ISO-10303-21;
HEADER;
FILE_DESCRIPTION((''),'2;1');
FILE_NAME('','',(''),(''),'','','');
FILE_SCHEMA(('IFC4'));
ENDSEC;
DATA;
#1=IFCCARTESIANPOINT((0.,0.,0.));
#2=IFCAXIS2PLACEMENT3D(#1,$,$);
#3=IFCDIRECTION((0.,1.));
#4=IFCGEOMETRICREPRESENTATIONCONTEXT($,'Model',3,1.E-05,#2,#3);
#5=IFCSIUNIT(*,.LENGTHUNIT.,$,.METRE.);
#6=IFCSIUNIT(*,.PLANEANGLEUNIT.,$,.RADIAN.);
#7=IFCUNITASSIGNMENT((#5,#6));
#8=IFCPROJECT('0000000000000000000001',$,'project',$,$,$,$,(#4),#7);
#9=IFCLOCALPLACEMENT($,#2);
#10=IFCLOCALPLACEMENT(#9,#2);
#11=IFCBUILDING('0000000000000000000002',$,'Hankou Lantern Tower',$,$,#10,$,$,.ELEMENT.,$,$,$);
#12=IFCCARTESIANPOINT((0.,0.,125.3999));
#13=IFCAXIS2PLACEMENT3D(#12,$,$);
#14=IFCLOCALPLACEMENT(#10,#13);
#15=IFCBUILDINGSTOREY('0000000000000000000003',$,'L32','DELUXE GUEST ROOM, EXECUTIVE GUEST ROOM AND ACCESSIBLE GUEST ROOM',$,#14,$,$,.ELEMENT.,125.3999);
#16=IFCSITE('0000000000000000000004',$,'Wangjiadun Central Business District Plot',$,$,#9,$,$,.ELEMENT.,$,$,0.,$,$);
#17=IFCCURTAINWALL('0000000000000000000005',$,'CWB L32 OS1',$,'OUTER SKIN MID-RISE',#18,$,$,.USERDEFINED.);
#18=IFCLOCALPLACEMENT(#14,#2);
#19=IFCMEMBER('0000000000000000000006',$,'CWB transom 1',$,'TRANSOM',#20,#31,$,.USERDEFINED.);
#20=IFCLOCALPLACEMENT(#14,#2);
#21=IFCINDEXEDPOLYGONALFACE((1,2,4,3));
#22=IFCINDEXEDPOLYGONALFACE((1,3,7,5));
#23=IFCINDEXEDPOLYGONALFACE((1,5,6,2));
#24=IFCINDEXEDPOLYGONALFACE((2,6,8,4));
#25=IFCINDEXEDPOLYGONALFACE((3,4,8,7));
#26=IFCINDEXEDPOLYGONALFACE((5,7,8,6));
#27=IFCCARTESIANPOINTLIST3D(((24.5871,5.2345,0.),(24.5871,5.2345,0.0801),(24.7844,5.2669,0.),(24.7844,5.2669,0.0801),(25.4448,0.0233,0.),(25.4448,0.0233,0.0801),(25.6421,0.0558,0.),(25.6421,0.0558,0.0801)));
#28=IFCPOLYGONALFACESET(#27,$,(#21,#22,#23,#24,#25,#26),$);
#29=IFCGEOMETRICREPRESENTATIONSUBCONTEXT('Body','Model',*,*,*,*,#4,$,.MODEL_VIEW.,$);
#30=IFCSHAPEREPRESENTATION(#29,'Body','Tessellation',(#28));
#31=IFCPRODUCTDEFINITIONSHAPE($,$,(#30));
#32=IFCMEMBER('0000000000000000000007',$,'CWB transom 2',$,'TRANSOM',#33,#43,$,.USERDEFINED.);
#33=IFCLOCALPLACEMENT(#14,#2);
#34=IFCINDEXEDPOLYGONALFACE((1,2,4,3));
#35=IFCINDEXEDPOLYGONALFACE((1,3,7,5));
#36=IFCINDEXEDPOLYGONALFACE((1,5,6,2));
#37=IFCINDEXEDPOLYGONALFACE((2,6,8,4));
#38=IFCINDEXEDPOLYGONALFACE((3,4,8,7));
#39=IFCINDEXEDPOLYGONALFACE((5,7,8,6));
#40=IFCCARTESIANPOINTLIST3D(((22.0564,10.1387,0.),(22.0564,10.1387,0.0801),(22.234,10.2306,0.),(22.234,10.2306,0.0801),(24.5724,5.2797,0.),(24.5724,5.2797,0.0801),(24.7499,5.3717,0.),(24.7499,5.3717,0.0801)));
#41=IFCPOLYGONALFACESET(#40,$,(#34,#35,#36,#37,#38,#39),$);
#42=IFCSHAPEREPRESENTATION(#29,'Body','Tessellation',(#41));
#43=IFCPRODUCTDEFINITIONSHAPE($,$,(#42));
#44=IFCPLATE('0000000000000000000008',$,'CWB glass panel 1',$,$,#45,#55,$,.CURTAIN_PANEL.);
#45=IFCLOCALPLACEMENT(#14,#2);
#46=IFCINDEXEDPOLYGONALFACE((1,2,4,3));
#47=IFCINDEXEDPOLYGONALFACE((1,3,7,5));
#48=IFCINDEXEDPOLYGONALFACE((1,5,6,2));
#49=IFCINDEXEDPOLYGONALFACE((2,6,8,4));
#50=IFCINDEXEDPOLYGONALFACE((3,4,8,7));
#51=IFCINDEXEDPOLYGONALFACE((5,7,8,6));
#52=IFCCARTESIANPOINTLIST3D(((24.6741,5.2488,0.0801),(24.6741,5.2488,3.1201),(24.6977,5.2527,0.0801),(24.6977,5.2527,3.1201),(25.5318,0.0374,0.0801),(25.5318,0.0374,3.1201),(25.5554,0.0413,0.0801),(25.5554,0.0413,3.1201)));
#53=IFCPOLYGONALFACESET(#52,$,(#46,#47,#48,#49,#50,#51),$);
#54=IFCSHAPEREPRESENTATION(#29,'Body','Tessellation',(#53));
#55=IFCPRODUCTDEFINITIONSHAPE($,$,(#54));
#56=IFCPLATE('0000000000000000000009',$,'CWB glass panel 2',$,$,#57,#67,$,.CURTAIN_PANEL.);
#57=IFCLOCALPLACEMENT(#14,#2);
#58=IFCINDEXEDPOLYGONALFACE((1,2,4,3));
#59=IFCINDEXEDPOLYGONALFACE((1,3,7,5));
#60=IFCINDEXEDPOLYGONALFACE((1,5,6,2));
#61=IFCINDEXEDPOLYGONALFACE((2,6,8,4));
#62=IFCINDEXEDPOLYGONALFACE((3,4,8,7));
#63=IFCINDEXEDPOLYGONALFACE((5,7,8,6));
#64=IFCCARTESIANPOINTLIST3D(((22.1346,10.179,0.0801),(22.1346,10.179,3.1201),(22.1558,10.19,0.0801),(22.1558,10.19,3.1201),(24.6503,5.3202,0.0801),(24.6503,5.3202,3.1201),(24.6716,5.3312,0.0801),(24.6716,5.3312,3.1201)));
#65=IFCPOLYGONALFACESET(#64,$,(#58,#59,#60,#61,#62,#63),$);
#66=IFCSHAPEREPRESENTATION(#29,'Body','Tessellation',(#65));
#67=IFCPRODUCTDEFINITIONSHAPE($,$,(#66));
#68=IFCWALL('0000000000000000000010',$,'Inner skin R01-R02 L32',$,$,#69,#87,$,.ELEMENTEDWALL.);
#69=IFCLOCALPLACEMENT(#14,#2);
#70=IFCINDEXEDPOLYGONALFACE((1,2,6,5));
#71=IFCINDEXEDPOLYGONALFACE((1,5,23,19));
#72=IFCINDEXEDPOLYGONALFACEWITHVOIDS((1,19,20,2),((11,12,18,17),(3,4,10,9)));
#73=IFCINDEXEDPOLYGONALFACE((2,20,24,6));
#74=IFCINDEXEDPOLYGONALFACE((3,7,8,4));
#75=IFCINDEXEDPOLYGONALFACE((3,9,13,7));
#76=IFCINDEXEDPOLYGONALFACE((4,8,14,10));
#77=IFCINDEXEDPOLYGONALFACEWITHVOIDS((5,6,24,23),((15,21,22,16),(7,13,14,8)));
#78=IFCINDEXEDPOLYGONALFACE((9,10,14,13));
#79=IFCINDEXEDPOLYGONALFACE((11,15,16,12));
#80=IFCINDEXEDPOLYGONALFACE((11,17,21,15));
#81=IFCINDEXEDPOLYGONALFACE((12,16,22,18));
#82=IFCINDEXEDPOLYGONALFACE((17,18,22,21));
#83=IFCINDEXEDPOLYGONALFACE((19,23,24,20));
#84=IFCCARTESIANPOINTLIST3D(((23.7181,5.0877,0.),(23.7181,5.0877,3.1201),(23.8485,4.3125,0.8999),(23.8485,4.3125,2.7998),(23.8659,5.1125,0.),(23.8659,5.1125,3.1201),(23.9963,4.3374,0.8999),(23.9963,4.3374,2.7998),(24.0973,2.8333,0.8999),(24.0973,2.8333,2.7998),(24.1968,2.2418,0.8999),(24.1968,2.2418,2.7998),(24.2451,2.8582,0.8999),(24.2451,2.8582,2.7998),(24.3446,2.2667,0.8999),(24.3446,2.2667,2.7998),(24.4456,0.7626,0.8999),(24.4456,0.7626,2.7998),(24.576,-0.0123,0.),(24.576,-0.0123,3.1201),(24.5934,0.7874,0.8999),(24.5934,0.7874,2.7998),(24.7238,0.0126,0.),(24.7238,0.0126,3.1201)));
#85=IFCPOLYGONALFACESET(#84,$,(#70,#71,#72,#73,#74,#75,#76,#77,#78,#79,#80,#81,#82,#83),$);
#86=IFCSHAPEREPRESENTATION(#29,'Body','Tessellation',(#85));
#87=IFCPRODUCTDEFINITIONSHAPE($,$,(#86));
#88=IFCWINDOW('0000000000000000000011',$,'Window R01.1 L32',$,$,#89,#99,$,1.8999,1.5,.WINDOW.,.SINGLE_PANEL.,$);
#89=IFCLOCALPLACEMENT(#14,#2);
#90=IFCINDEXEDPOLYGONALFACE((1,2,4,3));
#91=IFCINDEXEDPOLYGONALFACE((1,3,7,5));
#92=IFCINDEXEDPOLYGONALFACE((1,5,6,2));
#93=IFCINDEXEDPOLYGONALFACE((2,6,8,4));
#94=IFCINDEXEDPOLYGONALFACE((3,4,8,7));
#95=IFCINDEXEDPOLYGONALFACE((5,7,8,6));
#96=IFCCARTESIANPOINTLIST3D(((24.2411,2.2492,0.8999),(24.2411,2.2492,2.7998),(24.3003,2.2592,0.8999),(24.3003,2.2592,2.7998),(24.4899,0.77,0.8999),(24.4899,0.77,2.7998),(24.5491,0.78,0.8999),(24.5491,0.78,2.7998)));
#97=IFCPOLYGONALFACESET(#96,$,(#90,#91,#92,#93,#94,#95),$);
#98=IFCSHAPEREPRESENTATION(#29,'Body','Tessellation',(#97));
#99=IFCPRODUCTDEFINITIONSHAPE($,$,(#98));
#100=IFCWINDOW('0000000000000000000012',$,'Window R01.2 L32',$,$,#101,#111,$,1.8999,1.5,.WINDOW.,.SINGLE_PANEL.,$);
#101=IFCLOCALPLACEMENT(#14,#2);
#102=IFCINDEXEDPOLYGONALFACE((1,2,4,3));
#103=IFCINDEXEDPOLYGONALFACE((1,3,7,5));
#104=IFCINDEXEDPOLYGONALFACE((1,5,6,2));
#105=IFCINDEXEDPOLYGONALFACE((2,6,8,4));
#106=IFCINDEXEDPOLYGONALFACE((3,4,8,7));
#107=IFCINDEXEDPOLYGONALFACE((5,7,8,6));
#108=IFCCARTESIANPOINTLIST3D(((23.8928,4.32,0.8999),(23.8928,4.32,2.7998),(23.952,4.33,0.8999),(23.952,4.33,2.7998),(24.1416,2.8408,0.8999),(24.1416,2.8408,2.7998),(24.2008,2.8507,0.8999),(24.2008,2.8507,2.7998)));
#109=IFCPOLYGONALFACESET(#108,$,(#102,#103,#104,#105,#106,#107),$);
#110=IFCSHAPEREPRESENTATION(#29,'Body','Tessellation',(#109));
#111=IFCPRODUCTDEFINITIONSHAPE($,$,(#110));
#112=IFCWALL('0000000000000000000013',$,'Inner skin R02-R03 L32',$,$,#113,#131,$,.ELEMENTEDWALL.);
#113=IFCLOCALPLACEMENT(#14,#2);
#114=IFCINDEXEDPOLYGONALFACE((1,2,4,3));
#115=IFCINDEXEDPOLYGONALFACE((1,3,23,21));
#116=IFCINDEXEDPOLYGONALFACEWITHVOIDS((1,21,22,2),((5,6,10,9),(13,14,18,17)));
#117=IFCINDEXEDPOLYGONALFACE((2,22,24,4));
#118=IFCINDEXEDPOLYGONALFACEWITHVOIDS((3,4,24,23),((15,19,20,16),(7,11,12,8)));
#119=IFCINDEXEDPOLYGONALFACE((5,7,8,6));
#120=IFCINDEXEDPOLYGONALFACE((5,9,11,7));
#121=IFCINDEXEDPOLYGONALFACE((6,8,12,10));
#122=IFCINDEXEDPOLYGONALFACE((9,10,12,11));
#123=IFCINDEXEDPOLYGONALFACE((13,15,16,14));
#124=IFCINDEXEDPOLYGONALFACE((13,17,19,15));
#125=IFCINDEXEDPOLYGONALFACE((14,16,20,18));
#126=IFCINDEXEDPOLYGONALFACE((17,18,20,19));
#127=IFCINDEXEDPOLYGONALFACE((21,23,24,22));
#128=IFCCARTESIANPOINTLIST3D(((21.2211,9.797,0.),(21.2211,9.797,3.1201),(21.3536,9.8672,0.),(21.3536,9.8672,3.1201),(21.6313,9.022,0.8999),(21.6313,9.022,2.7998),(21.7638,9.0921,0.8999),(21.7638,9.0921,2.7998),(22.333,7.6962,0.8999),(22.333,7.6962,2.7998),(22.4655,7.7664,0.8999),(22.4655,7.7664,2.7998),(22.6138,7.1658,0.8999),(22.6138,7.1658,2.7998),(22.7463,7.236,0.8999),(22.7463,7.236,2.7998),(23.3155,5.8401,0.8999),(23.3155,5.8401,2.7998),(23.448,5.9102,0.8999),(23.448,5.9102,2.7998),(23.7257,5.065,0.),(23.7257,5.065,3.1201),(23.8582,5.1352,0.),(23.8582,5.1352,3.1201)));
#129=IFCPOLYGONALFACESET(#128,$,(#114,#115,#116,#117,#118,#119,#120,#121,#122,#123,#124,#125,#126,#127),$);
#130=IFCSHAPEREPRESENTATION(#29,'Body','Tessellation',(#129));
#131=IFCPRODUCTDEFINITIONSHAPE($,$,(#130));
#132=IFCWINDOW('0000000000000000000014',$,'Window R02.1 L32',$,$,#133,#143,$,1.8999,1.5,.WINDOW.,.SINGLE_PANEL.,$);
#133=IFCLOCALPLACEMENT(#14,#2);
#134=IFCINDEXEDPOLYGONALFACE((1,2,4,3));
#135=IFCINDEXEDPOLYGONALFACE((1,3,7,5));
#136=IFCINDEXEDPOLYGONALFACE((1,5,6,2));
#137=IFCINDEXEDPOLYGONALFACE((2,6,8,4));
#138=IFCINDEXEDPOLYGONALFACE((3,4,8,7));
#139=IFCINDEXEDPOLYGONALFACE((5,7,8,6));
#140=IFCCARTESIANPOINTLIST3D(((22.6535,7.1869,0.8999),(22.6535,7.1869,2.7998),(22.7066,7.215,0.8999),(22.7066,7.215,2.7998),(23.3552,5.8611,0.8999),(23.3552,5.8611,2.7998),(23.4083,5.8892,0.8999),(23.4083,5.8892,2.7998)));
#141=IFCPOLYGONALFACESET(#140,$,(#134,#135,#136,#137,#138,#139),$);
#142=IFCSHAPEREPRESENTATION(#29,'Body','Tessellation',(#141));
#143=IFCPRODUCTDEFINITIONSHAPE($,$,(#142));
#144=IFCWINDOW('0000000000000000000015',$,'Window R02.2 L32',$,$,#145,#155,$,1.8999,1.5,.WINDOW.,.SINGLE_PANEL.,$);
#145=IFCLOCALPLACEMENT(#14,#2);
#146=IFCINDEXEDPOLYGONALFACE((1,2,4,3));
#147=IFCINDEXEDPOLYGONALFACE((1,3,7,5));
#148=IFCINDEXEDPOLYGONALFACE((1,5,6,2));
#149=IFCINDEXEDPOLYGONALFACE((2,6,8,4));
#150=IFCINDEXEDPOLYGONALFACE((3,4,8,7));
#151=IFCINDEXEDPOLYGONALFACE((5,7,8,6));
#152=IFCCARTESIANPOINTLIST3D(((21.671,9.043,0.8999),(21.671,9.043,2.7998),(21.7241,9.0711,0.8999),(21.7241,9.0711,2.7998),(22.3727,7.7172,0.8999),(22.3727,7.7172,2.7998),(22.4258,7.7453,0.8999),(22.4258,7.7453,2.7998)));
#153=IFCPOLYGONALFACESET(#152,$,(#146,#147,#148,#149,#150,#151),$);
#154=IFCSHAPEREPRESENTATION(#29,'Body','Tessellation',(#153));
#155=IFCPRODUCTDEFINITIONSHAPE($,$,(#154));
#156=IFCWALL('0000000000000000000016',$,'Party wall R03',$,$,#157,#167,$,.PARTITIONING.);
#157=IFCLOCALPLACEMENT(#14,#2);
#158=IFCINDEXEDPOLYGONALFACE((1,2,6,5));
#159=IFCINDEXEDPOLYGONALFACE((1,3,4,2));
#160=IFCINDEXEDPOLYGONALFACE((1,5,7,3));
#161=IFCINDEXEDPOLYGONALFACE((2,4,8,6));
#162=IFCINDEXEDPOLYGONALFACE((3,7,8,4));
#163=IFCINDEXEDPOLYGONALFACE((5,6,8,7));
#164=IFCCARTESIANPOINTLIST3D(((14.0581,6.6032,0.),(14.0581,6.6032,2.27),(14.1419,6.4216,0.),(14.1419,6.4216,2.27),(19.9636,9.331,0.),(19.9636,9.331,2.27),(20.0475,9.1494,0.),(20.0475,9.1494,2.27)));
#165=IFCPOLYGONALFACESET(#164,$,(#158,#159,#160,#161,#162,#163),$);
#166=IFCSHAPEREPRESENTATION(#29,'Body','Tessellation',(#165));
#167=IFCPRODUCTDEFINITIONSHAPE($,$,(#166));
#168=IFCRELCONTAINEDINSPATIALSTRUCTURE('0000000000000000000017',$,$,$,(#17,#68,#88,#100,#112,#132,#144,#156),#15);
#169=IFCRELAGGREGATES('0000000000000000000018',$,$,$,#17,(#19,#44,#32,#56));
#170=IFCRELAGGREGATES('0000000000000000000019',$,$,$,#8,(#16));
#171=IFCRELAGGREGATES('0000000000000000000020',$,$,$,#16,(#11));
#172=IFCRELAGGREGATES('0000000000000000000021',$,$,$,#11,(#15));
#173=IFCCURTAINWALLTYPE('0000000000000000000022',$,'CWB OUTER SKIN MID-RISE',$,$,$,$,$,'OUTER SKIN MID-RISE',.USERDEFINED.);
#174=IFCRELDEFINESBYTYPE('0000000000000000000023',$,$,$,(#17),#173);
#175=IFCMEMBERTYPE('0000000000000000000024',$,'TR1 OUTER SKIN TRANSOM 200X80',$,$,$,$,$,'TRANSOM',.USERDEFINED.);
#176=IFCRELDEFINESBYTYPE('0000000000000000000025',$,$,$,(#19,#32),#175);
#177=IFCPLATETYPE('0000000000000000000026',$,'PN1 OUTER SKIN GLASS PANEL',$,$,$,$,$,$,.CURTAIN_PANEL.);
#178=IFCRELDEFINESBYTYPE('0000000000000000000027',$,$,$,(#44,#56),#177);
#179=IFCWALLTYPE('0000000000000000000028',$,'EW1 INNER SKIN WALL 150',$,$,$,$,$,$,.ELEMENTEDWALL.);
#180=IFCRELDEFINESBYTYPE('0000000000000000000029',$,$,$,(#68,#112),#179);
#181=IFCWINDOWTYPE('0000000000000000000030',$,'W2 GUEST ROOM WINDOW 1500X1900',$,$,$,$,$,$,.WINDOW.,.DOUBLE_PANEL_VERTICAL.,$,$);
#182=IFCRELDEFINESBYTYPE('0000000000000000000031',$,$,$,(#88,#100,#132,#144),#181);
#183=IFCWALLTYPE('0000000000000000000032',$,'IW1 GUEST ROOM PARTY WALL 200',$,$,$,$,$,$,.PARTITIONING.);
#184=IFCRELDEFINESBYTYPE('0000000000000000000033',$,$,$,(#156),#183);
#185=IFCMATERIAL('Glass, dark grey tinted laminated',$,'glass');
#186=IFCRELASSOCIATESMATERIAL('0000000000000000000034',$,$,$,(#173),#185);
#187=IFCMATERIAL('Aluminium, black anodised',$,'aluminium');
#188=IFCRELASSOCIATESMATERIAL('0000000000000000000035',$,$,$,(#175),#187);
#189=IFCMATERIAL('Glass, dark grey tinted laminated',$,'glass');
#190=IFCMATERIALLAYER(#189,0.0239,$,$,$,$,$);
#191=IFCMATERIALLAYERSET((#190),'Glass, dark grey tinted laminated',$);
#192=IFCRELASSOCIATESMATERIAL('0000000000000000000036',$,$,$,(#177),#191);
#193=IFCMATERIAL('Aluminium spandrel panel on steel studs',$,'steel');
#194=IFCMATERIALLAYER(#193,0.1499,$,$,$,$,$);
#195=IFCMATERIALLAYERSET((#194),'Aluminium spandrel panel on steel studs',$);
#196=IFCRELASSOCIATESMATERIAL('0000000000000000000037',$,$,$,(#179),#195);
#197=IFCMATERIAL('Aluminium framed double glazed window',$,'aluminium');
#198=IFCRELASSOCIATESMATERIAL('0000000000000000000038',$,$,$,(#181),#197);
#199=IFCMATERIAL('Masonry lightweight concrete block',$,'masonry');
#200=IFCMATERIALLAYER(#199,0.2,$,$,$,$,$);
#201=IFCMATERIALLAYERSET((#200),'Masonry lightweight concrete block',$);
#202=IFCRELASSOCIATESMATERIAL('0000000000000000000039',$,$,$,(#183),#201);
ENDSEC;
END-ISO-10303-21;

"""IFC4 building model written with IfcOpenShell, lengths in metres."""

from ifc_helpers import new_model, si_unit, direction, frame, frame_2d, origin, origin_2d, place, context, subcontext, project, spatial, rectangle, extrude, material, layer, layer_set, material_profile, profile_set, type_object, element, fill, aggregate, save


model = new_model("IFC4")

# Units and contexts
model_context = context("Model", 3, precision=1e-05, world=origin(), true_north=direction((0.0, 1.0)))
body_context = subcontext(model_context, "Body", "Model", "MODEL_VIEW")
ifc_project = project(units=[si_unit("LENGTHUNIT", "METRE"), si_unit("PLANEANGLEUNIT", "RADIAN")], contexts=[model_context])

# Site, building, storey
site_placement = place(None, origin())
site = spatial("IfcSite", under=ifc_project, at=site_placement, Name="Wangjiadun Central Business District Plot", CompositionType="ELEMENT", RefElevation=0.0)
building_placement = place(site_placement, origin())
building = spatial("IfcBuilding", under=site, at=building_placement, Name="Hankou Lantern Tower", CompositionType="ELEMENT")
storey_placement = place(building_placement, frame((0.0, 0.0, 125.3999)))
storey = spatial("IfcBuildingStorey", under=building, at=storey_placement, Name="L32", Description="DELUXE GUEST ROOM, EXECUTIVE GUEST ROOM AND ACCESSIBLE GUEST ROOM", CompositionType="ELEMENT", Elevation=125.3999)

# Curtain wall
ifc_material_1 = material(Name="Glass, dark grey tinted laminated", Category="glass")
curtain_wall_type = type_object("IfcCurtainWallType", Name="CWB OUTER SKIN MID-RISE", ElementType="OUTER SKIN MID-RISE", PredefinedType="USERDEFINED", material=ifc_material_1)
curtain_wall_placement = place(storey_placement, origin())
curtain_wall = element("IfcCurtainWall", 1, at=curtain_wall_placement, inside=storey, type_object=curtain_wall_type, Name="CWB L32 OS1", ObjectType="OUTER SKIN MID-RISE", PredefinedType="USERDEFINED")

# Members
ifc_material_2 = material(Name="Aluminium, black anodised", Category="aluminium")
ifc_material_profile_1 = material_profile(ifc_material_2, rectangle(XDim=0.2, YDim=0.0801, at=origin_2d()), Name="TR1 200X80")
ifc_profile_set_1 = profile_set([ifc_material_profile_1], Name="Aluminium, black anodised")
member_type_1 = type_object("IfcMemberType", Name="TR1 OUTER SKIN TRANSOM 200X80", ElementType="TRANSOM", PredefinedType="USERDEFINED", material=ifc_profile_set_1)
member_1_placement = place(storey_placement, frame((25.5435, 0.0396, 0.04), z_axis=(-0.162397, 0.986725, 0.0), x_axis=(-0.986725, -0.162397, 0.0)))
member_1 = element("IfcMember", 2, at=member_1_placement, type_object=member_type_1, Name="CWB transom 1", ObjectType="TRANSOM", PredefinedType="USERDEFINED", context=body_context, shape_type="SweptSolid", body=[
    extrude(rectangle(XDim=0.2, YDim=0.0801, at=origin_2d()), origin(), (0.0, 0.0, 1.0), 5.2812),
])
member_2_placement = place(storey_placement, frame((24.6611, 5.3257, 0.04), z_axis=(-0.459805, 0.88802, 0.0), x_axis=(-0.88802, -0.459805, 0.0)))
member_2 = element("IfcMember", 3, at=member_2_placement, type_object=member_type_1, Name="CWB transom 2", ObjectType="TRANSOM", PredefinedType="USERDEFINED", context=body_context, shape_type="SweptSolid", body=[
    extrude(rectangle(XDim=0.2, YDim=0.0801, at=origin_2d()), origin(), (0.0, 0.0, 1.0), 5.4717),
])

# Plates
ifc_material_3 = material(Name="Glass, dark grey tinted laminated", Category="glass")
ifc_layer_1 = layer(ifc_material_3, 0.0239)
ifc_layer_set_1 = layer_set([ifc_layer_1], Name="Glass, dark grey tinted laminated")
plate_type = type_object("IfcPlateType", Name="PN1 OUTER SKIN GLASS PANEL", PredefinedType="CURTAIN_PANEL", material=ifc_layer_set_1)
plate_1_placement = place(storey_placement, frame((25.1147, 2.645, 0.0801), z_axis=(0.0, 0.0, 1.0), x_axis=(-0.162382, 0.986728, 0.0)))
plate_1 = element("IfcPlate", 4, at=plate_1_placement, type_object=plate_type, Name="CWB glass panel 1", PredefinedType="CURTAIN_PANEL", context=body_context, shape_type="SweptSolid", body=[
    extrude(rectangle(XDim=5.2815, YDim=0.0239, at=origin_2d()), origin(), (0.0, 0.0, 1.0), 3.04),
])
plate_2_placement = place(storey_placement, frame((23.4031, 7.7551, 0.0801), z_axis=(0.0, 0.0, 1.0), x_axis=(-0.459791, 0.888027, 0.0)))
plate_2 = element("IfcPlate", 5, at=plate_2_placement, type_object=plate_type, Name="CWB glass panel 2", PredefinedType="CURTAIN_PANEL", context=body_context, shape_type="SweptSolid", body=[
    extrude(rectangle(XDim=5.4714, YDim=0.0239, at=origin_2d()), origin(), (0.0, 0.0, 1.0), 3.04),
])
aggregate(curtain_wall, [member_1, plate_1, member_2, plate_2])

# Walls, openings, windows
ifc_material_4 = material(Name="Aluminium spandrel panel on steel studs", Category="steel")
ifc_layer_2 = layer(ifc_material_4, 0.1499)
ifc_layer_set_2 = layer_set([ifc_layer_2], Name="Aluminium spandrel panel on steel studs")
wall_type_1 = type_object("IfcWallType", Name="EW1 INNER SKIN WALL 150", PredefinedType="ELEMENTEDWALL", material=ifc_layer_set_2)
wall_1_placement = place(storey_placement, frame((24.6499, 0.0, 0.0), z_axis=(0.0, 0.0, 1.0), x_axis=(-0.165884, 0.986145, 0.0)))
wall_1 = element("IfcWall", 6, at=wall_1_placement, inside=storey, type_object=wall_type_1, Name="Inner skin R01-R02 L32", PredefinedType="ELEMENTEDWALL", context=body_context, shape_type="SweptSolid", body=[
    extrude(rectangle(XDim=5.1716, YDim=0.1499, at=frame_2d((2.5859, 0.0))), origin(), (0.0, 0.0, 1.0), 3.1201),
])
opening_1_placement = place(wall_1_placement, frame((0.7859, 0.0, 0.8999)))
opening_1 = element("IfcOpeningElement", 7, at=opening_1_placement, cuts=wall_1, PredefinedType="OPENING", context=body_context, shape_type="SweptSolid", body=[
    extrude(rectangle(XDim=1.5, YDim=1.8999, at=frame_2d((0.75, 0.95))), frame((0.0, 0.085, 0.0), z_axis=(0.0, -1.0, 0.0), x_axis=(1.0, 0.0, 0.0)), (0.0, 0.0, 1.0), 0.1699),
])
opening_2_placement = place(wall_1_placement, frame((2.8857, 0.0, 0.8999)))
opening_2 = element("IfcOpeningElement", 8, at=opening_2_placement, cuts=wall_1, PredefinedType="OPENING", context=body_context, shape_type="SweptSolid", body=[
    extrude(rectangle(XDim=1.5, YDim=1.8999, at=frame_2d((0.75, 0.95))), frame((0.0, 0.085, 0.0), z_axis=(0.0, -1.0, 0.0), x_axis=(1.0, 0.0, 0.0)), (0.0, 0.0, 1.0), 0.1699),
])
ifc_material_5 = material(Name="Aluminium framed double glazed window", Category="aluminium")
window_type = type_object("IfcWindowType", Name="W2 GUEST ROOM WINDOW 1500X1900", PartitioningType="DOUBLE_PANEL_VERTICAL", PredefinedType="WINDOW", material=ifc_material_5)
window_1_placement = place(opening_1_placement, origin())
window_1 = element("IfcWindow", 9, at=window_1_placement, inside=storey, type_object=window_type, Name="Window R01.1 L32", OverallHeight=1.8999, OverallWidth=1.5, PartitioningType="SINGLE_PANEL", PredefinedType="WINDOW", context=body_context, shape_type="SweptSolid", body=[
    extrude(rectangle(XDim=1.5, YDim=1.8999, at=frame_2d((0.75, 0.95))), frame((0.0, 0.03, 0.0), z_axis=(0.0, -1.0, 0.0), x_axis=(1.0, 0.0, 0.0)), (0.0, 0.0, 1.0), 0.0601),
])
fill(opening_1, window_1)
window_2_placement = place(opening_2_placement, origin())
window_2 = element("IfcWindow", 10, at=window_2_placement, inside=storey, type_object=window_type, Name="Window R01.2 L32", OverallHeight=1.8999, OverallWidth=1.5, PartitioningType="SINGLE_PANEL", PredefinedType="WINDOW", context=body_context, shape_type="SweptSolid", body=[
    extrude(rectangle(XDim=1.5, YDim=1.8999, at=frame_2d((0.75, 0.95))), frame((0.0, 0.03, 0.0), z_axis=(0.0, -1.0, 0.0), x_axis=(1.0, 0.0, 0.0)), (0.0, 0.0, 1.0), 0.0601),
])
fill(opening_2, window_2)
wall_2_placement = place(storey_placement, frame((23.792, 5.1001, 0.0), z_axis=(0.0, 0.0, 1.0), x_axis=(-0.467814, 0.883827, 0.0)))
wall_2 = element("IfcWall", 11, at=wall_2_placement, inside=storey, type_object=wall_type_1, Name="Inner skin R02-R03 L32", PredefinedType="ELEMENTEDWALL", context=body_context, shape_type="SweptSolid", body=[
    extrude(rectangle(XDim=5.354, YDim=0.1499, at=frame_2d((2.677, 0.0))), origin(), (0.0, 0.0, 1.0), 3.1201),
])
opening_3_placement = place(wall_2_placement, frame((0.877, 0.0, 0.8999)))
opening_3 = element("IfcOpeningElement", 12, at=opening_3_placement, cuts=wall_2, PredefinedType="OPENING", context=body_context, shape_type="SweptSolid", body=[
    extrude(rectangle(XDim=1.5, YDim=1.8999, at=frame_2d((0.75, 0.95))), frame((0.0, 0.085, 0.0), z_axis=(0.0, -1.0, 0.0), x_axis=(1.0, 0.0, 0.0)), (0.0, 0.0, 1.0), 0.1699),
])
opening_4_placement = place(wall_2_placement, frame((2.9771, 0.0, 0.8999)))
opening_4 = element("IfcOpeningElement", 13, at=opening_4_placement, cuts=wall_2, PredefinedType="OPENING", context=body_context, shape_type="SweptSolid", body=[
    extrude(rectangle(XDim=1.5, YDim=1.8999, at=frame_2d((0.75, 0.95))), frame((0.0, 0.085, 0.0), z_axis=(0.0, -1.0, 0.0), x_axis=(1.0, 0.0, 0.0)), (0.0, 0.0, 1.0), 0.1699),
])
window_3_placement = place(opening_3_placement, origin())
window_3 = element("IfcWindow", 14, at=window_3_placement, inside=storey, type_object=window_type, Name="Window R02.1 L32", OverallHeight=1.8999, OverallWidth=1.5, PartitioningType="SINGLE_PANEL", PredefinedType="WINDOW", context=body_context, shape_type="SweptSolid", body=[
    extrude(rectangle(XDim=1.5, YDim=1.8999, at=frame_2d((0.75, 0.95))), frame((0.0, 0.03, 0.0), z_axis=(0.0, -1.0, 0.0), x_axis=(1.0, 0.0, 0.0)), (0.0, 0.0, 1.0), 0.0601),
])
fill(opening_3, window_3)
window_4_placement = place(opening_4_placement, origin())
window_4 = element("IfcWindow", 15, at=window_4_placement, inside=storey, type_object=window_type, Name="Window R02.2 L32", OverallHeight=1.8999, OverallWidth=1.5, PartitioningType="SINGLE_PANEL", PredefinedType="WINDOW", context=body_context, shape_type="SweptSolid", body=[
    extrude(rectangle(XDim=1.5, YDim=1.8999, at=frame_2d((0.75, 0.95))), frame((0.0, 0.03, 0.0), z_axis=(0.0, -1.0, 0.0), x_axis=(1.0, 0.0, 0.0)), (0.0, 0.0, 1.0), 0.0601),
])
fill(opening_4, window_4)

# Wall
ifc_material_6 = material(Name="Masonry lightweight concrete block", Category="masonry")
ifc_layer_3 = layer(ifc_material_6, 0.2)
ifc_layer_set_3 = layer_set([ifc_layer_3], Name="Masonry lightweight concrete block")
wall_type_2 = type_object("IfcWallType", Name="IW1 GUEST ROOM PARTY WALL 200", PredefinedType="PARTITIONING", material=ifc_layer_set_3)
wall_3_placement = place(storey_placement, frame((14.1001, 6.5125, 0.0), z_axis=(0.0, 0.0, 1.0), x_axis=(0.907833, 0.419332, 0.0)))
element("IfcWall", 16, at=wall_3_placement, inside=storey, type_object=wall_type_2, Name="Party wall R03", PredefinedType="PARTITIONING", context=body_context, shape_type="SweptSolid", body=[
    extrude(rectangle(XDim=6.5051, YDim=0.2, at=frame_2d((3.2524, 0.0))), origin(), (0.0, 0.0, 1.0), 2.27),
])

save(model, "model.ifc")
